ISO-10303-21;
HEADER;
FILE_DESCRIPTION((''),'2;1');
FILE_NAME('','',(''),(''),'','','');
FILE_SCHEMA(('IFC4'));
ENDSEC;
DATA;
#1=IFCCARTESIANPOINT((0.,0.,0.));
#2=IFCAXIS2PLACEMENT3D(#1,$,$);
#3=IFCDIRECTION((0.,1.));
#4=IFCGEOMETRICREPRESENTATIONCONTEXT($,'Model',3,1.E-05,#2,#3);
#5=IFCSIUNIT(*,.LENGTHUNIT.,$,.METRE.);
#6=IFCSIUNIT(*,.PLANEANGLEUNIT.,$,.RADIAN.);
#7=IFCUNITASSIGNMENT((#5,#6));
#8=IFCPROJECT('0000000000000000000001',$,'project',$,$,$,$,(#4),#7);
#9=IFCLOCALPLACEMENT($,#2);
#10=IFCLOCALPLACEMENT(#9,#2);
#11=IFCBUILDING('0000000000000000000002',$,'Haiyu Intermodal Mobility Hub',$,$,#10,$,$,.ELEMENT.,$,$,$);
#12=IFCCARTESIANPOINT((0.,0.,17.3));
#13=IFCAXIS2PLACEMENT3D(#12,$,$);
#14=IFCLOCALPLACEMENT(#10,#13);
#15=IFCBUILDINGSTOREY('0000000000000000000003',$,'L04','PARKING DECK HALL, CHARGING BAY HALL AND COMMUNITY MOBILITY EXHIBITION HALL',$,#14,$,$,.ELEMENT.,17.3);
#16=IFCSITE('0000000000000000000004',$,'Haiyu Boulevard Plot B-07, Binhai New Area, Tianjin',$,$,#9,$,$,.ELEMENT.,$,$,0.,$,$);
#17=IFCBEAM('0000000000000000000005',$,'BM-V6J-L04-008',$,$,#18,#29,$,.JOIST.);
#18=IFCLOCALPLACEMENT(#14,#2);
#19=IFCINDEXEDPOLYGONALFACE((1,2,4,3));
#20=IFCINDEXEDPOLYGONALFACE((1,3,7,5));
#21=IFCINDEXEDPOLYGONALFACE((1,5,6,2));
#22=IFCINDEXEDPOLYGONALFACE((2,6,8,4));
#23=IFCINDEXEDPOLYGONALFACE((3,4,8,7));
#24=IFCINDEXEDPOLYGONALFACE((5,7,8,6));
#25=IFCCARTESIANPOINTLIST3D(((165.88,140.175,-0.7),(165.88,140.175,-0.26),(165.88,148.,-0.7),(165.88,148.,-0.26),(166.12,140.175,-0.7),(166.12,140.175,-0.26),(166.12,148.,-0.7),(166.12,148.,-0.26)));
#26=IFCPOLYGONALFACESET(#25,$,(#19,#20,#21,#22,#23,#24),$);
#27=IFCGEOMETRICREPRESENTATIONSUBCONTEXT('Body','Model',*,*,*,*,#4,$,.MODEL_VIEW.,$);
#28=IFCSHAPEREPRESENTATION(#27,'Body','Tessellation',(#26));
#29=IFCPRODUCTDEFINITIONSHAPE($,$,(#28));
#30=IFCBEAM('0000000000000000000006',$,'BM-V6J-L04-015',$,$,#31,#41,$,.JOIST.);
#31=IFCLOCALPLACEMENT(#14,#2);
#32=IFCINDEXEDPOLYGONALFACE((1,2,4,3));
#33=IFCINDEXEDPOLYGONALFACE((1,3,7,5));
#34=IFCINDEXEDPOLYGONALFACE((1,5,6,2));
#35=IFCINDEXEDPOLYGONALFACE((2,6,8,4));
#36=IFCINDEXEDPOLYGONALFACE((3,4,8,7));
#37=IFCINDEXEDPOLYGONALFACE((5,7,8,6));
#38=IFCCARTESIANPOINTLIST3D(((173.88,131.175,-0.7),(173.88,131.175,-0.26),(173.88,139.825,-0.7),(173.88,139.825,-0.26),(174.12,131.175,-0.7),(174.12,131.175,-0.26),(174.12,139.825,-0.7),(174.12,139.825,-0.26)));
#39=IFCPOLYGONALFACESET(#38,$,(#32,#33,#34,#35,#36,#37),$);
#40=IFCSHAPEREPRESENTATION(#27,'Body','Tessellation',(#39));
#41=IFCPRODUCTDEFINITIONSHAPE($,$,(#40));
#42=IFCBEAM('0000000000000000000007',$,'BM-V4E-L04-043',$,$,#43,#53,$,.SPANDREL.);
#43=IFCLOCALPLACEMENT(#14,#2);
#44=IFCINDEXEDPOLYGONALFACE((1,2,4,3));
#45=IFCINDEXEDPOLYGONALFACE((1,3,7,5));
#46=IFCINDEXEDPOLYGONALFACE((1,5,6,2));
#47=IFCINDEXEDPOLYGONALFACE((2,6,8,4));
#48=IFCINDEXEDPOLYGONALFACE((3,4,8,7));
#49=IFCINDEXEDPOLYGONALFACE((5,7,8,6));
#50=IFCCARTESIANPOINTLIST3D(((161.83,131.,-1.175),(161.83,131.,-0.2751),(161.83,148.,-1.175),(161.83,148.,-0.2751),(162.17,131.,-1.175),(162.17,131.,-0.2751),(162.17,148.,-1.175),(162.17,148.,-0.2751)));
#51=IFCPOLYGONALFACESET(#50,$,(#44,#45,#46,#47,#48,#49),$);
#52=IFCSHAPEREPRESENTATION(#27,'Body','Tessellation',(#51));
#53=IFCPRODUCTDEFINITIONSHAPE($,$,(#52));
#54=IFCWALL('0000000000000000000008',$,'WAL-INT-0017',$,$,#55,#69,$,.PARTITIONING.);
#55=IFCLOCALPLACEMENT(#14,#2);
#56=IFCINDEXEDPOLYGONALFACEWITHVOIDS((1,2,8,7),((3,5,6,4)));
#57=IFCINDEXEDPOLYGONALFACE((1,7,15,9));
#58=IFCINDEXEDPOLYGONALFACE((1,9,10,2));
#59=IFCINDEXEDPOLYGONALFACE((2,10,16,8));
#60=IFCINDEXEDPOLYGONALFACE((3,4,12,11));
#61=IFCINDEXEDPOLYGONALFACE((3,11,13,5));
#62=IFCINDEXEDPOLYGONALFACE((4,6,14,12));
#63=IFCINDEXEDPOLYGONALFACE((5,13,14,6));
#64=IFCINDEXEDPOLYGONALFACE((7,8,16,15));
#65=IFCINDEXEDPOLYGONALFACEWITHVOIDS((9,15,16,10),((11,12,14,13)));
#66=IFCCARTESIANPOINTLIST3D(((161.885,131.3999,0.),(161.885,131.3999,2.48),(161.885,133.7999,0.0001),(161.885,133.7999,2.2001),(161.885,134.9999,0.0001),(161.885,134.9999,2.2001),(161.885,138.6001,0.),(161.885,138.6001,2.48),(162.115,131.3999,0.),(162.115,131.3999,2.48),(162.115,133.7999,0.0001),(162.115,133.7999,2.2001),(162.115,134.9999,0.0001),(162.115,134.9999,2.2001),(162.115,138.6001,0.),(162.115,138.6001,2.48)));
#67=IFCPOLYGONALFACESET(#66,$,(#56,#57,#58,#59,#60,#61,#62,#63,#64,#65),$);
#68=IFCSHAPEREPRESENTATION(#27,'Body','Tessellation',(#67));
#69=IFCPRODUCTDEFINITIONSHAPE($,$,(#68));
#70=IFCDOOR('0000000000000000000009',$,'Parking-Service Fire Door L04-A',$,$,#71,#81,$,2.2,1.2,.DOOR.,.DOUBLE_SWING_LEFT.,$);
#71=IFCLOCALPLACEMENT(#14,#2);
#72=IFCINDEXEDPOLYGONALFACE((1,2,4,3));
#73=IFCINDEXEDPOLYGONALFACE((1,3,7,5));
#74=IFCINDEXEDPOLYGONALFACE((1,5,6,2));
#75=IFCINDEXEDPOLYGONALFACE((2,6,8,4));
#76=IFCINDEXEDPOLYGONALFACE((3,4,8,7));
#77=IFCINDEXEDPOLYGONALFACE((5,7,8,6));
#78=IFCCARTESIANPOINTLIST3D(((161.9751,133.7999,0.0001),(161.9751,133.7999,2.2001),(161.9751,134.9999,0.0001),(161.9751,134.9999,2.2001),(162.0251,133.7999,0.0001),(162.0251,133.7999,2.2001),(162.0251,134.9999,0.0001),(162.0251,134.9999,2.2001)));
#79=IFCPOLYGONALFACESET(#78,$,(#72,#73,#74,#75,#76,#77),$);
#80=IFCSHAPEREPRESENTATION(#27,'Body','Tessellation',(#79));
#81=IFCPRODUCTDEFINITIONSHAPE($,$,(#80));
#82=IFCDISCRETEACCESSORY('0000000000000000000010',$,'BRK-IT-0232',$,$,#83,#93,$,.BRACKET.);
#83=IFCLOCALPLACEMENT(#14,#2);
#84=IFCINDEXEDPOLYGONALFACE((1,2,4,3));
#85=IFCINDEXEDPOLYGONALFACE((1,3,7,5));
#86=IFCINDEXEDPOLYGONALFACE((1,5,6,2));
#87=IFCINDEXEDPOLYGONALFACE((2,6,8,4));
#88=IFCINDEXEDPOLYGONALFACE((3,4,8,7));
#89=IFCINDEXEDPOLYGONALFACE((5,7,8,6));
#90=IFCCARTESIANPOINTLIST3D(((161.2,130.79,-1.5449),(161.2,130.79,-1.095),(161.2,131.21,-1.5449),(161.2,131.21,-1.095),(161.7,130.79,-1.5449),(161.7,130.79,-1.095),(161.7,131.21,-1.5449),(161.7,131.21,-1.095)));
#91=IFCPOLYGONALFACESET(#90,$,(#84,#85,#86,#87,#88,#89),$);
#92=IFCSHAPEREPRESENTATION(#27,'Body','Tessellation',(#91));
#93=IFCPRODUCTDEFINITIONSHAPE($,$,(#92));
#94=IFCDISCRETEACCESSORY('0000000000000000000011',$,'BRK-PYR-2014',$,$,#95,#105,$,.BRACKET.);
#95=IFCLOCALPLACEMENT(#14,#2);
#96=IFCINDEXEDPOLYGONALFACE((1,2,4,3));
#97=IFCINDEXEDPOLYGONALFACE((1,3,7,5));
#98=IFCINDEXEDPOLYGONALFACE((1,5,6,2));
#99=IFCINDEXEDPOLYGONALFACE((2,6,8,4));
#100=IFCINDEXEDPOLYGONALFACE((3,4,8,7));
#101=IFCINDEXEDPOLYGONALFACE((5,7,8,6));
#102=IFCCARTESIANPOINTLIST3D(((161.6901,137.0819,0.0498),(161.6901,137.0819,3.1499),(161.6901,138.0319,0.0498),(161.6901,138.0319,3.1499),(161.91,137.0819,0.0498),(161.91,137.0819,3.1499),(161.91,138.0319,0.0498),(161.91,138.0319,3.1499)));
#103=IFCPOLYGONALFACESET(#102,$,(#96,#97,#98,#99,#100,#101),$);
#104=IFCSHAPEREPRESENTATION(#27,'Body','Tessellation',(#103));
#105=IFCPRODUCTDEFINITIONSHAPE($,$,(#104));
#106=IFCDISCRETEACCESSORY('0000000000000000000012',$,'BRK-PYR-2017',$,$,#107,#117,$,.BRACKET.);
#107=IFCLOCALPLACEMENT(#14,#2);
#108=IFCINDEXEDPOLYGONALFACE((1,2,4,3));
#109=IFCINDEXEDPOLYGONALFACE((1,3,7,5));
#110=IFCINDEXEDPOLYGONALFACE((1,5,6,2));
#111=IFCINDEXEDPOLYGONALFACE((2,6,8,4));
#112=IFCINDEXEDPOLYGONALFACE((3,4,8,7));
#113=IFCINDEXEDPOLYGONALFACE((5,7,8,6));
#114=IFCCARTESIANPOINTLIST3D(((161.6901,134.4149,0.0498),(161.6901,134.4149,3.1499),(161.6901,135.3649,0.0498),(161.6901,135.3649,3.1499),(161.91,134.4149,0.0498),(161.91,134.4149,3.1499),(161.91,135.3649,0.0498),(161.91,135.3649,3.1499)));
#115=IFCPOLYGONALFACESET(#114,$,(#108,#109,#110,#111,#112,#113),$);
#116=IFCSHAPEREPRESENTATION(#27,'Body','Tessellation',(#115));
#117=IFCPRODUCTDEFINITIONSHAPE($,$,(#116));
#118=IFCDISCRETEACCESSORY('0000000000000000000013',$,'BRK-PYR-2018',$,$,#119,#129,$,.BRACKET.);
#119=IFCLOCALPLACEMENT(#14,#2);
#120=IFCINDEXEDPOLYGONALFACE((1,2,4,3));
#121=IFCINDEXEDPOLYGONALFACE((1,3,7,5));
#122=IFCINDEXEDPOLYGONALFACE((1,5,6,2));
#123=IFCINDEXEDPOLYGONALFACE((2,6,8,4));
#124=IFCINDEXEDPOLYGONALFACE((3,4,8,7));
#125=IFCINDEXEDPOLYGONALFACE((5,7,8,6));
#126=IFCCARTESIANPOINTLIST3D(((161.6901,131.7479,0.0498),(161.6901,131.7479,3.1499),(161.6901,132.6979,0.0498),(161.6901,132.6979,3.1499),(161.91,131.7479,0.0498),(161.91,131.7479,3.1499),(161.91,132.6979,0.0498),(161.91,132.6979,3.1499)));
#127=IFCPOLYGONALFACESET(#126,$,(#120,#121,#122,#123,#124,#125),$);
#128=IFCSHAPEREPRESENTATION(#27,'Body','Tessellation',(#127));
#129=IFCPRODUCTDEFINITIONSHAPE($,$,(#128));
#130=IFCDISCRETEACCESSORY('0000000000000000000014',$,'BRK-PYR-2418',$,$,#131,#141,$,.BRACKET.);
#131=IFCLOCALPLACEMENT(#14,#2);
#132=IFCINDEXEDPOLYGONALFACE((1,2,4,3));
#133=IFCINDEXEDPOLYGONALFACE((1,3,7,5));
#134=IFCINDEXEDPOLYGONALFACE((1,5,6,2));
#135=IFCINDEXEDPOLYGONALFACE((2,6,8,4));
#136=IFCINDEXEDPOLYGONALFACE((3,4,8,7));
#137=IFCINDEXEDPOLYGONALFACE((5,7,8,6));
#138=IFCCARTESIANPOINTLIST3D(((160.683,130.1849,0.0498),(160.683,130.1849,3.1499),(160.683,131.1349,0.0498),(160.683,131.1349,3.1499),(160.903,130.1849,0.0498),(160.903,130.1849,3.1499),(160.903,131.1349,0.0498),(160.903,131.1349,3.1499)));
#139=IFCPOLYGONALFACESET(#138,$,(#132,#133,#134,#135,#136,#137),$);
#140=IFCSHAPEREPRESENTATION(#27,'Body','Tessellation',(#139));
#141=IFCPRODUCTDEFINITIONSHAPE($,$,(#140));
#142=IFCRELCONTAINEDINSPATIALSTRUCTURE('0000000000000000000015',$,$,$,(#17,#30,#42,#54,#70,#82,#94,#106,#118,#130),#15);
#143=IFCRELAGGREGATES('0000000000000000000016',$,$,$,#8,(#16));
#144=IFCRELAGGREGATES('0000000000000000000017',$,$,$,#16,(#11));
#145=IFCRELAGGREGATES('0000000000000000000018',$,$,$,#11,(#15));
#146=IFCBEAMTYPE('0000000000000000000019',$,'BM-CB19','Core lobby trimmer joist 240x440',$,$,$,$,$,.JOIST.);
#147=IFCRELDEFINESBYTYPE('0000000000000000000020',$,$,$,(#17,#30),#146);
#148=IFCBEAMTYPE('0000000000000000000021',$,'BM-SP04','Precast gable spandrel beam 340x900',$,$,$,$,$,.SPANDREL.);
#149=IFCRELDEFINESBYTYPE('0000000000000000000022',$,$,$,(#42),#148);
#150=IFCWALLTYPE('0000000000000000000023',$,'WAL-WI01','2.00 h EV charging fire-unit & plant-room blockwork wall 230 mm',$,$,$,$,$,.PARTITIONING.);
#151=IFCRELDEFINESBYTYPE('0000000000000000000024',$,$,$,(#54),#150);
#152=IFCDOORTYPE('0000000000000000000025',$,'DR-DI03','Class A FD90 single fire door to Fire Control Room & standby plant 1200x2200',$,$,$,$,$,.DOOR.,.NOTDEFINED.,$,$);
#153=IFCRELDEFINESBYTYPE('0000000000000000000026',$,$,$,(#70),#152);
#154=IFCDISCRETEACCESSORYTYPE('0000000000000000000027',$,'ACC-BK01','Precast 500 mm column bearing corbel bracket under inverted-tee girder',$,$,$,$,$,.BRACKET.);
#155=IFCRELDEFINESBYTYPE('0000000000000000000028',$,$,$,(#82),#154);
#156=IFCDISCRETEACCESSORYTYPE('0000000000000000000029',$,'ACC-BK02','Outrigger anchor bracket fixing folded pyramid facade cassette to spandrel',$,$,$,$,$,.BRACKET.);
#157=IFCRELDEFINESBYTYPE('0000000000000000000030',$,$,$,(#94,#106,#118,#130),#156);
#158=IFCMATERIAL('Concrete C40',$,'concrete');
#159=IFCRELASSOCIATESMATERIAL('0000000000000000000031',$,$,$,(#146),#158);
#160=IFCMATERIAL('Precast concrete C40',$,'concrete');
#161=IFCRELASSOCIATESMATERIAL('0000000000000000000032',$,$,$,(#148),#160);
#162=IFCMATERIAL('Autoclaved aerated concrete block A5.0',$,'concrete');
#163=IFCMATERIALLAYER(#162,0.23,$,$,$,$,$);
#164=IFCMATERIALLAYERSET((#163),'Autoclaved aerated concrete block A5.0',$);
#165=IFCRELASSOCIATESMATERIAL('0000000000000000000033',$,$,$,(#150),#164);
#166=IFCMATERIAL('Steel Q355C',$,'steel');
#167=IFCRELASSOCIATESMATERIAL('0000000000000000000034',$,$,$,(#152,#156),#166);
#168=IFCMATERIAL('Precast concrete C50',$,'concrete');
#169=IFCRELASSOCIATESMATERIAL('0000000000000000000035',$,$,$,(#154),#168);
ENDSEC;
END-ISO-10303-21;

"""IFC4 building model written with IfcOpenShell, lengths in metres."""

from ifc_helpers import new_model, si_unit, direction, frame, frame_2d, origin, origin_2d, place, context, subcontext, project, spatial, rectangle, extrude, material, layer, layer_set, material_profile, profile_set, type_object, element, fill, save


model = new_model("IFC4")

# Units and contexts
model_context = context("Model", 3, precision=1e-05, world=origin(), true_north=direction((0.0, 1.0)))
body_context = subcontext(model_context, "Body", "Model", "MODEL_VIEW")
ifc_project = project(units=[si_unit("LENGTHUNIT", "METRE"), si_unit("PLANEANGLEUNIT", "RADIAN")], contexts=[model_context])

# Site, building, storey
site_placement = place(None, origin())
site = spatial("IfcSite", under=ifc_project, at=site_placement, Name="Haiyu Boulevard Plot B-07, Binhai New Area, Tianjin", CompositionType="ELEMENT", RefElevation=0.0)
building_placement = place(site_placement, origin())
building = spatial("IfcBuilding", under=site, at=building_placement, Name="Haiyu Intermodal Mobility Hub", CompositionType="ELEMENT")
storey_placement = place(building_placement, frame((0.0, 0.0, 17.3)))
storey = spatial("IfcBuildingStorey", under=building, at=storey_placement, Name="L04", Description="PARKING DECK HALL, CHARGING BAY HALL AND COMMUNITY MOBILITY EXHIBITION HALL", CompositionType="ELEMENT", Elevation=17.3)

# Shared definitions
ifc_material_1 = material(Name="Precast concrete C40", Category="concrete")
ifc_material_2 = material(Name="Concrete C40", Category="concrete")
ifc_material_3 = material(Name="Steel Q355C", Category="steel")

# Beams
ifc_material_profile_1 = material_profile(ifc_material_2, rectangle(XDim=0.24, YDim=0.4399, at=origin_2d()), Name="B240x440")
ifc_profile_set_1 = profile_set([ifc_material_profile_1], Name="Concrete C40")
beam_type_1 = type_object("IfcBeamType", Name="BM-CB19", Description="Core lobby trimmer joist 240x440", PredefinedType="JOIST", material=ifc_profile_set_1)
beam_1_placement = place(storey_placement, frame((166.0, 140.175, -0.48), z_axis=(0.0, 1.0, 0.0), x_axis=(-1.0, 0.0, 0.0)))
element("IfcBeam", 1, at=beam_1_placement, inside=storey, type_object=beam_type_1, Name="BM-V6J-L04-008", PredefinedType="JOIST", context=body_context, shape_type="SweptSolid", body=[
    extrude(rectangle(XDim=0.24, YDim=0.4399, at=origin_2d()), origin(), (0.0, 0.0, 1.0), 7.825),
])
beam_2_placement = place(storey_placement, frame((174.0, 131.175, -0.48), z_axis=(0.0, 1.0, 0.0), x_axis=(-1.0, 0.0, 0.0)))
element("IfcBeam", 2, at=beam_2_placement, inside=storey, type_object=beam_type_1, Name="BM-V6J-L04-015", PredefinedType="JOIST", context=body_context, shape_type="SweptSolid", body=[
    extrude(rectangle(XDim=0.24, YDim=0.4399, at=origin_2d()), origin(), (0.0, 0.0, 1.0), 8.6499),
])
ifc_material_profile_2 = material_profile(ifc_material_1, rectangle(XDim=0.3401, YDim=0.8999, at=origin_2d()), Name="B340x900")
ifc_profile_set_2 = profile_set([ifc_material_profile_2], Name="Precast concrete C40")
beam_type_2 = type_object("IfcBeamType", Name="BM-SP04", Description="Precast gable spandrel beam 340x900", PredefinedType="SPANDREL", material=ifc_profile_set_2)
beam_3_placement = place(storey_placement, frame((162.0, 131.0, -0.7251), z_axis=(0.0, 1.0, 0.0), x_axis=(-1.0, 0.0, 0.0)))
element("IfcBeam", 3, at=beam_3_placement, inside=storey, type_object=beam_type_2, Name="BM-V4E-L04-043", PredefinedType="SPANDREL", context=body_context, shape_type="SweptSolid", body=[
    extrude(rectangle(XDim=0.3401, YDim=0.8999, at=origin_2d()), origin(), (0.0, 0.0, 1.0), 17.0),
])

# Wall, opening, door
ifc_material_4 = material(Name="Autoclaved aerated concrete block A5.0", Category="concrete")
ifc_layer = layer(ifc_material_4, 0.23)
ifc_layer_set = layer_set([ifc_layer], Name="Autoclaved aerated concrete block A5.0")
wall_type = type_object("IfcWallType", Name="WAL-WI01", Description="2.00 h EV charging fire-unit & plant-room blockwork wall 230 mm", PredefinedType="PARTITIONING", material=ifc_layer_set)
wall_placement = place(storey_placement, frame((162.0, 131.3999, 0.0), z_axis=(0.0, 0.0, 1.0), x_axis=(0.0, 1.0, 0.0)))
wall = element("IfcWall", 4, at=wall_placement, inside=storey, type_object=wall_type, Name="WAL-INT-0017", PredefinedType="PARTITIONING", context=body_context, shape_type="SweptSolid", body=[
    extrude(rectangle(XDim=7.2002, YDim=0.23, at=frame_2d((3.6001, 0.0))), origin(), (0.0, 0.0, 1.0), 2.48),
])
opening_placement = place(wall_placement, frame((2.3999, 0.0, 0.0)))
opening = element("IfcOpeningElement", 5, at=opening_placement, cuts=wall, PredefinedType="OPENING", context=body_context, shape_type="SweptSolid", body=[
    extrude(rectangle(XDim=1.2, YDim=2.2, at=frame_2d((0.6001, 1.1001))), frame((0.0, 0.125, 0.0), z_axis=(0.0, -1.0, 0.0), x_axis=(1.0, 0.0, 0.0)), (0.0, 0.0, 1.0), 0.25),
])
door_type = type_object("IfcDoorType", Name="DR-DI03", Description="Class A FD90 single fire door to Fire Control Room & standby plant 1200x2200", OperationType="NOTDEFINED", PredefinedType="DOOR", material=ifc_material_3)
door_placement = place(opening_placement, origin())
door = element("IfcDoor", 6, at=door_placement, inside=storey, type_object=door_type, Name="Parking-Service Fire Door L04-A", OperationType="DOUBLE_SWING_LEFT", OverallHeight=2.2, OverallWidth=1.2, PredefinedType="DOOR", context=body_context, shape_type="SweptSolid", body=[
    extrude(rectangle(XDim=1.2, YDim=2.2, at=frame_2d((0.6001, 1.1001))), frame((0.0, 0.0249, 0.0), z_axis=(0.0, -1.0, 0.0), x_axis=(1.0, 0.0, 0.0)), (0.0, 0.0, 1.0), 0.05),
])
fill(opening, door)

# Discrete accessories
ifc_material_5 = material(Name="Precast concrete C50", Category="concrete")
discrete_accessory_type_1 = type_object("IfcDiscreteAccessoryType", Name="ACC-BK01", Description="Precast 500 mm column bearing corbel bracket under inverted-tee girder", PredefinedType="BRACKET", material=ifc_material_5)
discrete_accessory_placement = place(storey_placement, frame((161.45, 131.0, -1.5449), z_axis=(0.0, 0.0, 1.0), x_axis=(1.0, 0.0, 0.0)))
element("IfcDiscreteAccessory", 7, at=discrete_accessory_placement, inside=storey, type_object=discrete_accessory_type_1, Name="BRK-IT-0232", PredefinedType="BRACKET", context=body_context, shape_type="SweptSolid", body=[
    extrude(rectangle(XDim=0.5, YDim=0.4199, at=origin_2d()), origin(), (0.0, 0.0, 1.0), 0.45),
])
discrete_accessory_type_2 = type_object("IfcDiscreteAccessoryType", Name="ACC-BK02", Description="Outrigger anchor bracket fixing folded pyramid facade cassette to spandrel", PredefinedType="BRACKET", material=ifc_material_3)
for number, where, z_axis, x_axis, name in (
    (8, (161.8, 137.5569, 0.0498), (0.0, 0.0, 1.0), (1.0, 0.0, 0.0), "BRK-PYR-2014"),
    (9, (161.8, 134.8899, 0.0498), (0.0, 0.0, 1.0), (1.0, 0.0, 0.0), "BRK-PYR-2017"),
    (10, (161.8, 132.2229, 0.0498), (0.0, 0.0, 1.0), (1.0, 0.0, 0.0), "BRK-PYR-2018"),
    (11, (160.793, 130.6599, 0.0498), (0.0, 0.0, 1.0), (1.0, 0.0, 0.0), "BRK-PYR-2418"),
):
    element("IfcDiscreteAccessory", number, at=place(storey_placement, frame(where, z_axis=z_axis, x_axis=x_axis)), inside=storey, type_object=discrete_accessory_type_2, Name=name, PredefinedType="BRACKET", context=body_context, shape_type="SweptSolid", body=[
        extrude(rectangle(XDim=0.22, YDim=0.95, at=origin_2d()), origin(), (0.0, 0.0, 1.0), 3.1001),
    ])

save(model, "model.ifc")
